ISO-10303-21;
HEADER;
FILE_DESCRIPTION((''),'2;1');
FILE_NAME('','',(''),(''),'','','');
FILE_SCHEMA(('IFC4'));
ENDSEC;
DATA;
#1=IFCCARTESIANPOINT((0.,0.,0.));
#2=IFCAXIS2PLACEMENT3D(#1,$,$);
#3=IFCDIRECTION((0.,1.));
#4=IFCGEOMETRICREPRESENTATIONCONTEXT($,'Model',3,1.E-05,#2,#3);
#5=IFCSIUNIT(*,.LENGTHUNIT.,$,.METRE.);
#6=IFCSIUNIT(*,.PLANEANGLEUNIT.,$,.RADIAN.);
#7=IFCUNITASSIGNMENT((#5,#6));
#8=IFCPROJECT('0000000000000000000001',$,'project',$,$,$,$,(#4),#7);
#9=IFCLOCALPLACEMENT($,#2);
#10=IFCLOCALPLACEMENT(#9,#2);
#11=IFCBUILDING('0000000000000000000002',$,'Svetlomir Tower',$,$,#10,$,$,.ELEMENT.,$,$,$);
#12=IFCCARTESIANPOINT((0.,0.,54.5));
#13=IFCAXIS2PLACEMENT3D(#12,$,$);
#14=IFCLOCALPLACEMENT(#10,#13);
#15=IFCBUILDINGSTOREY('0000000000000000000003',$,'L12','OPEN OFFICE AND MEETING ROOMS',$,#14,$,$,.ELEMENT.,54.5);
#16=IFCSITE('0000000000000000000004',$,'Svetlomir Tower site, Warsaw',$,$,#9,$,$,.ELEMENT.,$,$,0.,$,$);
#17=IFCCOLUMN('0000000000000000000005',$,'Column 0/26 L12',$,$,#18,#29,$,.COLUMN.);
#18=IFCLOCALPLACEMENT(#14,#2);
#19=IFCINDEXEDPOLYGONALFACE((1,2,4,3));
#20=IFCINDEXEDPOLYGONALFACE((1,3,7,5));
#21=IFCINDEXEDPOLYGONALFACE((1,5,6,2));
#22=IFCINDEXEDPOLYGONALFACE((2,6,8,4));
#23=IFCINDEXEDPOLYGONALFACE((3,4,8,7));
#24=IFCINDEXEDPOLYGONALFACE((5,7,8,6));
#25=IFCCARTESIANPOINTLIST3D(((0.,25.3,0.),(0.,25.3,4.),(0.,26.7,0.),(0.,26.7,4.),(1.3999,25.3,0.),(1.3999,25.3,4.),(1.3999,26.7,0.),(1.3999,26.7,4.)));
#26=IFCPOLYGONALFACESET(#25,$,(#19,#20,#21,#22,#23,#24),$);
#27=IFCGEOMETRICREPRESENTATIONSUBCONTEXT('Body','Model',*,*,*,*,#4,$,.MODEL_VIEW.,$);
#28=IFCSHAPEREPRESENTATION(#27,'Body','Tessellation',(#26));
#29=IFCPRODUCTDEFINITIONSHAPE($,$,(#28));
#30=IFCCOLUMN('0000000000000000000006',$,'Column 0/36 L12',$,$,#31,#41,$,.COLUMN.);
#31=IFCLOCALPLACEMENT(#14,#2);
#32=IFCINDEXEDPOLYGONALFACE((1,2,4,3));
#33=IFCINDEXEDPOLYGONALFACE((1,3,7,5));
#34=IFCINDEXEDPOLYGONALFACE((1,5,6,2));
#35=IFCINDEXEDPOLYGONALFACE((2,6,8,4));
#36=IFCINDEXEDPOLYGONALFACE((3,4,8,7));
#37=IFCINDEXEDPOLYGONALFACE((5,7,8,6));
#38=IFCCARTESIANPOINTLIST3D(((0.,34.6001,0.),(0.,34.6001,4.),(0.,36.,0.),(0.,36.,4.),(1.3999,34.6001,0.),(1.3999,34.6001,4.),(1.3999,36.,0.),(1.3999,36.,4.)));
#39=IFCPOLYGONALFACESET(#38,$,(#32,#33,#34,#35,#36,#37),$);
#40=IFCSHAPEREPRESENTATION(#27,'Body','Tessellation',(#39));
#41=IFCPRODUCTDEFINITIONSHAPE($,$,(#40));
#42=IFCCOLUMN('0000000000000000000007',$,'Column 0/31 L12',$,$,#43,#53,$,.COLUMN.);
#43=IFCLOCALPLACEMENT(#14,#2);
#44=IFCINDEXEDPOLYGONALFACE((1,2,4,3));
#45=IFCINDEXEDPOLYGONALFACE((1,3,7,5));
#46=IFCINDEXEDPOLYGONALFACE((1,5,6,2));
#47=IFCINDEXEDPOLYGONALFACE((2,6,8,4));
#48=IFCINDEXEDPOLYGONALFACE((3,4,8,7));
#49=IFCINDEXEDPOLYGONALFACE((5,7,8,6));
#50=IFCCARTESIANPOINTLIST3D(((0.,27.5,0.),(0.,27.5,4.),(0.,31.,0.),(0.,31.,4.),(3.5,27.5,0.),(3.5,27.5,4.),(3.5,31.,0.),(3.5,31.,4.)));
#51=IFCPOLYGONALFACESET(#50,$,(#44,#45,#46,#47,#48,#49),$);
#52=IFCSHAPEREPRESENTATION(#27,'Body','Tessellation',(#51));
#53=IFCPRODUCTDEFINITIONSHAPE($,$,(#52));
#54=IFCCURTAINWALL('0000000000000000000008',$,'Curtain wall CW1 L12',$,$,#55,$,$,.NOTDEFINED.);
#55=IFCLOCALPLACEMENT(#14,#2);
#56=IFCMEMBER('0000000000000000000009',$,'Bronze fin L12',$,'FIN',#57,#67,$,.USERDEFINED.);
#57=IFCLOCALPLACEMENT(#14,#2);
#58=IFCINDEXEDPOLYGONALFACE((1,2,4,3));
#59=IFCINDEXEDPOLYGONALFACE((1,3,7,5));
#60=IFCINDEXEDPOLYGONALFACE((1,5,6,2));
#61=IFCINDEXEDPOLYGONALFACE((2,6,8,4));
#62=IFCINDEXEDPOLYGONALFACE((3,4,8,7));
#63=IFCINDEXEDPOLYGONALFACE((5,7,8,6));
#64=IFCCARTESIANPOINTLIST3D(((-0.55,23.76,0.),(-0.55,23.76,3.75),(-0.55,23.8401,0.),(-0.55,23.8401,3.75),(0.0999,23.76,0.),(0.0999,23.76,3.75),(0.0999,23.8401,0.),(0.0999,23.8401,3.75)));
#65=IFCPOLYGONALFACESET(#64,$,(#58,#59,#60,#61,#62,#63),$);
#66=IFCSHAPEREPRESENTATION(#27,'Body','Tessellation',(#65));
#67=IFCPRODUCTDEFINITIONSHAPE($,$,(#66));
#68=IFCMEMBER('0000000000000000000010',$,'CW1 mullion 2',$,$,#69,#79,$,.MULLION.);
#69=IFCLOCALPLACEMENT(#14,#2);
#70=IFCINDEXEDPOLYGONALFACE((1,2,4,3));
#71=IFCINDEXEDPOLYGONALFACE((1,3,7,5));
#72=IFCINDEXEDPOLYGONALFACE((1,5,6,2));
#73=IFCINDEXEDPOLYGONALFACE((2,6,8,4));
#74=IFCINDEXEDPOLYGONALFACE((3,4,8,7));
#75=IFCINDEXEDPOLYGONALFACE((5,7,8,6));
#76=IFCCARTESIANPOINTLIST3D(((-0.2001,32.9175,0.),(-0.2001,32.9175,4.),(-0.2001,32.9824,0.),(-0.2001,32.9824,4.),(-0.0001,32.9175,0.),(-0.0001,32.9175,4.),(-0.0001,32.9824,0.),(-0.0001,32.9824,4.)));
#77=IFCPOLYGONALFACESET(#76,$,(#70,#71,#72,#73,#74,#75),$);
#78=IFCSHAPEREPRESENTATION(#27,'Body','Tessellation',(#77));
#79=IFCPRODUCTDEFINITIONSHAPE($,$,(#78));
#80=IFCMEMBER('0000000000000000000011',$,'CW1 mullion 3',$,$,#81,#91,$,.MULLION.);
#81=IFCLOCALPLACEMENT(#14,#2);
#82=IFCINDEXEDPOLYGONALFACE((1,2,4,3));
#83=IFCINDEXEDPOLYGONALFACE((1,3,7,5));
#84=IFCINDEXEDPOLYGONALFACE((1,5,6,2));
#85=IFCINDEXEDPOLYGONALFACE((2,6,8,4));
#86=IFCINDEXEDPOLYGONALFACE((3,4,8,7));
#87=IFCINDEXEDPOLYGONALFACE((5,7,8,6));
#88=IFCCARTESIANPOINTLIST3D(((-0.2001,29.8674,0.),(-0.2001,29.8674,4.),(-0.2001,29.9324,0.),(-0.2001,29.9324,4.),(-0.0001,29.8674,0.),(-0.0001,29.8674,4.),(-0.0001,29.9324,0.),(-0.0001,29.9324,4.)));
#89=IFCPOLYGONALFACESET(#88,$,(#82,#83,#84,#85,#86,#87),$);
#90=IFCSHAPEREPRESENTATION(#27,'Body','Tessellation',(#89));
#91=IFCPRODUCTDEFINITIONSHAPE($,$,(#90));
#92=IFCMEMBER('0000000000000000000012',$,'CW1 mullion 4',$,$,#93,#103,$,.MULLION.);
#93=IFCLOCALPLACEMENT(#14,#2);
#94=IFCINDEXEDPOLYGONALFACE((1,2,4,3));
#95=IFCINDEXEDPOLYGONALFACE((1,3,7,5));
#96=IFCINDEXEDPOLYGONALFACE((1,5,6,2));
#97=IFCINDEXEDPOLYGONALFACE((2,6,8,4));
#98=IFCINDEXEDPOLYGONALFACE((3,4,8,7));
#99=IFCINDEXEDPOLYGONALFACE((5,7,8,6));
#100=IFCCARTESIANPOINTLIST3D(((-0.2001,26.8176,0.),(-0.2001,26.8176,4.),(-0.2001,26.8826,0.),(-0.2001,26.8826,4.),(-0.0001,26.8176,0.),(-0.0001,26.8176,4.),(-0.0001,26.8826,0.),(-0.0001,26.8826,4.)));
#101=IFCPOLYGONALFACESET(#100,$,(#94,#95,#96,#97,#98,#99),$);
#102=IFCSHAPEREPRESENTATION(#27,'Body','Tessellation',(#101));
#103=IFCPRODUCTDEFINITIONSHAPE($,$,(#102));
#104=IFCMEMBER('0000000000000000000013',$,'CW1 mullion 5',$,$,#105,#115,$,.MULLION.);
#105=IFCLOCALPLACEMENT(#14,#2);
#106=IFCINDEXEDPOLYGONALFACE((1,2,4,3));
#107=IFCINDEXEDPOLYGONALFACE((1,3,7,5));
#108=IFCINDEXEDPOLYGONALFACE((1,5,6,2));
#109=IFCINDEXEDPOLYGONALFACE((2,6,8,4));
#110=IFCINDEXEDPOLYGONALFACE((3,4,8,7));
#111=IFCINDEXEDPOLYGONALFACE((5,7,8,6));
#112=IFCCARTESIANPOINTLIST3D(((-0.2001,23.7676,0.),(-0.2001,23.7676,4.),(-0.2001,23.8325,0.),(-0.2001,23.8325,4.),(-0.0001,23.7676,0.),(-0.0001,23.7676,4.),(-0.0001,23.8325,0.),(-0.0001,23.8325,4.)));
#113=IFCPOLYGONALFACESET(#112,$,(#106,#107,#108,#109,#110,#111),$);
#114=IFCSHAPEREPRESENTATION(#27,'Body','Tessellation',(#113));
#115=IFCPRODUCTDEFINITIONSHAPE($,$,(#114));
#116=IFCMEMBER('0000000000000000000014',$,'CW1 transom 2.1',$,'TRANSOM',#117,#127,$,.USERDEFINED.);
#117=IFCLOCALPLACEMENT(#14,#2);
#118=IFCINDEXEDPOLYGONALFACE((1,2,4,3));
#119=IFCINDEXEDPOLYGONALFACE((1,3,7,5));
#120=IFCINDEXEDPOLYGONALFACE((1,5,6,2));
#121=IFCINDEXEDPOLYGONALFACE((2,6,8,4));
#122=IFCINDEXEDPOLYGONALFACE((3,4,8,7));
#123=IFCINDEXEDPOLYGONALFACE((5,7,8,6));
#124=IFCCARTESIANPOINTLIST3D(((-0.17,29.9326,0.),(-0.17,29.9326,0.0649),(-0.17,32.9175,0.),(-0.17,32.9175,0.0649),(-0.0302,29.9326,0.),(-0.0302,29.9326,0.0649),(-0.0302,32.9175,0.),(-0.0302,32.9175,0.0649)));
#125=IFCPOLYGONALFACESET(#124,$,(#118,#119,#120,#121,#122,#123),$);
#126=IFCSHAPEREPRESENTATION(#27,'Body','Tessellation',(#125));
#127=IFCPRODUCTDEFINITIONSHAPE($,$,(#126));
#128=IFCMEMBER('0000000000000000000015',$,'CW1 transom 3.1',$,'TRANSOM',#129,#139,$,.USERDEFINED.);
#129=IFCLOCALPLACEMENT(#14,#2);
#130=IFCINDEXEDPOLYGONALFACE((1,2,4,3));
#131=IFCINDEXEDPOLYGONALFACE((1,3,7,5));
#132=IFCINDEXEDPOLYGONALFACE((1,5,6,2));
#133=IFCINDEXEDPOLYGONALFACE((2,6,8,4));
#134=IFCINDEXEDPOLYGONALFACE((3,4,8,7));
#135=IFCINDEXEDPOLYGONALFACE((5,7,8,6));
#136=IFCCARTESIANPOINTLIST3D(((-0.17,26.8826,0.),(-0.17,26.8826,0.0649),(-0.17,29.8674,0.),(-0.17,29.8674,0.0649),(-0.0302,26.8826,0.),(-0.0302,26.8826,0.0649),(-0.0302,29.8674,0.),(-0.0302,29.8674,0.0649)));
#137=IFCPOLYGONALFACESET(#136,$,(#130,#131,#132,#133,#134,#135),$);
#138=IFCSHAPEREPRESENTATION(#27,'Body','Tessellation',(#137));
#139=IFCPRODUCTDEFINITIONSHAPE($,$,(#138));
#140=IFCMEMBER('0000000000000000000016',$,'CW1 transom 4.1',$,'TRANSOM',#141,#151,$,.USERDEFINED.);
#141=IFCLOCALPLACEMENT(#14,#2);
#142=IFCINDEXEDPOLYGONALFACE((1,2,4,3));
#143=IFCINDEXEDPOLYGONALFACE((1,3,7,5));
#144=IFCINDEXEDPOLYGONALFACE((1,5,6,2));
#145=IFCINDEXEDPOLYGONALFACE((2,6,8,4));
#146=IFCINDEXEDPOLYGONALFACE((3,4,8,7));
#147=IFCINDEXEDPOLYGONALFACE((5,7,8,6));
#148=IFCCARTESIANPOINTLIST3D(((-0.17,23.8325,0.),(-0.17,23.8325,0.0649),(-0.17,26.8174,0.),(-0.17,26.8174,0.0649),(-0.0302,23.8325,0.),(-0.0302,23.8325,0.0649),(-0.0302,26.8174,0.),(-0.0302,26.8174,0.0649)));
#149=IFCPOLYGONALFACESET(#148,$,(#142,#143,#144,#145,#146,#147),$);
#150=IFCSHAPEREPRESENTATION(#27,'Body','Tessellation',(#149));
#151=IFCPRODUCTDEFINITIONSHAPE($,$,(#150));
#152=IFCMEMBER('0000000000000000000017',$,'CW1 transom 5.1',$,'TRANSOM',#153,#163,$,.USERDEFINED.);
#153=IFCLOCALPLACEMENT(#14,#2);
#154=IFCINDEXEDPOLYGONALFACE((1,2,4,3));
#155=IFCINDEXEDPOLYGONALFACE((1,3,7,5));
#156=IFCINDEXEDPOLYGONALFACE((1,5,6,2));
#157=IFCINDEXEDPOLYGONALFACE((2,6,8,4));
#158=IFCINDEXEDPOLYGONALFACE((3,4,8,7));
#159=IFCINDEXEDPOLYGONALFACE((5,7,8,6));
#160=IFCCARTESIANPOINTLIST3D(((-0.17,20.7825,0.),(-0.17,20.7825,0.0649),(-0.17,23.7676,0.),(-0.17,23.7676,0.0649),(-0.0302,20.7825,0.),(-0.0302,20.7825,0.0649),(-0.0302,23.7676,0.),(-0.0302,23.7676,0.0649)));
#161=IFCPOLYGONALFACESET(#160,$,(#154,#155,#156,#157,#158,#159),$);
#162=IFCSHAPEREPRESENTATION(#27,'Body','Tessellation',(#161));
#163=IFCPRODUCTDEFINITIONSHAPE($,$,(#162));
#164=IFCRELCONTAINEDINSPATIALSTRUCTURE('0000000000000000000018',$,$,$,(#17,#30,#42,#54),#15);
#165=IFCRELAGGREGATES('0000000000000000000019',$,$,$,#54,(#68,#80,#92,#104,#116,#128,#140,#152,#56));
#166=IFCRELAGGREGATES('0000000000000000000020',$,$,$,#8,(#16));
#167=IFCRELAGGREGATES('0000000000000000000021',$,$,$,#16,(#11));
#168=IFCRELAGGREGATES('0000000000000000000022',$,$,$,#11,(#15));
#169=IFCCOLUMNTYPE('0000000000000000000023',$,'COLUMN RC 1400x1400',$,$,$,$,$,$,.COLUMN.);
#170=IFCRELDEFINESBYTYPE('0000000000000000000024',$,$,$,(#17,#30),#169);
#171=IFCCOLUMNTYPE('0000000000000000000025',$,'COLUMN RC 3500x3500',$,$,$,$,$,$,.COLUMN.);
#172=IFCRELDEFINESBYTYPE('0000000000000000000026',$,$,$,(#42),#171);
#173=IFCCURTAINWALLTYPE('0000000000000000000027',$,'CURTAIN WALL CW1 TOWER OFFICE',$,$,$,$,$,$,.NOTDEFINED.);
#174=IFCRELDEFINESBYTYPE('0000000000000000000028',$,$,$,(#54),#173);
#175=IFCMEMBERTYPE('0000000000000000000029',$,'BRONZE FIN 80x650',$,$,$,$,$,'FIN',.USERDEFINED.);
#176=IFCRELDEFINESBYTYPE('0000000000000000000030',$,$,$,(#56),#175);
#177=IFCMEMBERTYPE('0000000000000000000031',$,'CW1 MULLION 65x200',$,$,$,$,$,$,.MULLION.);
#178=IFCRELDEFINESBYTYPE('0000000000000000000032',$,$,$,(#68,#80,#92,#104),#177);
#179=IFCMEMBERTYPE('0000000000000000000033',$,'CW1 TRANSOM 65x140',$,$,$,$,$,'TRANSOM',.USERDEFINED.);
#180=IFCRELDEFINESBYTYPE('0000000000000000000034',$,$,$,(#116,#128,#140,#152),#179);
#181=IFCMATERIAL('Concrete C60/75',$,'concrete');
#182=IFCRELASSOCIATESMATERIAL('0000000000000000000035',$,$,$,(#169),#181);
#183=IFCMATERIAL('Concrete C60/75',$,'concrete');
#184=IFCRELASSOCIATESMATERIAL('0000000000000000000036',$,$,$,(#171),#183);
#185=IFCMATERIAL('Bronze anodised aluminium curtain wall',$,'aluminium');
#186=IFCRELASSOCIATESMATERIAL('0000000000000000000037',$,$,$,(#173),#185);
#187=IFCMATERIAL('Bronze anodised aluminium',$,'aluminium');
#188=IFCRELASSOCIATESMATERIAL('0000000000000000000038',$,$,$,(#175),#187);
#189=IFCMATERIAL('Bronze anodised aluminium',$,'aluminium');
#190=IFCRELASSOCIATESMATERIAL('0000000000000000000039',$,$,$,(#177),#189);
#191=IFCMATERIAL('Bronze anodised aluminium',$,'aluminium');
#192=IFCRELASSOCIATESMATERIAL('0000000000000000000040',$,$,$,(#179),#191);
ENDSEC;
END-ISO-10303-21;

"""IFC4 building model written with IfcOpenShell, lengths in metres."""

from ifc_helpers import new_model, si_unit, direction, frame, origin, origin_2d, place, context, subcontext, project, spatial, rectangle, extrude, material, material_profile, profile_set, type_object, element, aggregate, save


model = new_model("IFC4")

# Units and contexts
model_context = context("Model", 3, precision=1e-05, world=origin(), true_north=direction((0.0, 1.0)))
body_context = subcontext(model_context, "Body", "Model", "MODEL_VIEW")
ifc_project = project(units=[si_unit("LENGTHUNIT", "METRE"), si_unit("PLANEANGLEUNIT", "RADIAN")], contexts=[model_context])

# Site, building, storey
site_placement = place(None, origin())
site = spatial("IfcSite", under=ifc_project, at=site_placement, Name="Svetlomir Tower site, Warsaw", CompositionType="ELEMENT", RefElevation=0.0)
building_placement = place(site_placement, origin())
building = spatial("IfcBuilding", under=site, at=building_placement, Name="Svetlomir Tower", CompositionType="ELEMENT")
storey_placement = place(building_placement, frame((0.0, 0.0, 54.5)))
storey = spatial("IfcBuildingStorey", under=building, at=storey_placement, Name="L12", Description="OPEN OFFICE AND MEETING ROOMS", CompositionType="ELEMENT", Elevation=54.5)

# Columns
ifc_material_1 = material(Name="Concrete C60/75", Category="concrete")
ifc_material_profile_1 = material_profile(ifc_material_1, rectangle(XDim=1.3999, YDim=1.3999, at=origin_2d()), Name="RC 1400x1400")
ifc_profile_set_1 = profile_set([ifc_material_profile_1], Name="Concrete C60/75")
column_type_1 = type_object("IfcColumnType", Name="COLUMN RC 1400x1400", PredefinedType="COLUMN", material=ifc_profile_set_1)
for number, where, z_axis, x_axis, name in (
    (1, (0.7, 26.0, 0.0), (0.0, 0.0, 1.0), (1.0, 0.0, 0.0), "Column 0/26 L12"),
    (2, (0.7, 35.3, 0.0), (0.0, 0.0, 1.0), (1.0, 0.0, 0.0), "Column 0/36 L12"),
):
    element("IfcColumn", number, at=place(storey_placement, frame(where, z_axis=z_axis, x_axis=x_axis)), inside=storey, type_object=column_type_1, Name=name, PredefinedType="COLUMN", context=body_context, shape_type="SweptSolid", body=[
        extrude(rectangle(XDim=1.3999, YDim=1.3999, at=origin_2d()), origin(), (0.0, 0.0, 1.0), 4.0),
    ])
ifc_material_2 = material(Name="Concrete C60/75", Category="concrete")
ifc_material_profile_2 = material_profile(ifc_material_2, rectangle(XDim=3.5, YDim=3.5, at=origin_2d()), Name="RC 3500x3500")
ifc_profile_set_2 = profile_set([ifc_material_profile_2], Name="Concrete C60/75")
column_type_2 = type_object("IfcColumnType", Name="COLUMN RC 3500x3500", PredefinedType="COLUMN", material=ifc_profile_set_2)
column_placement = place(storey_placement, frame((1.75, 29.25, 0.0), z_axis=(0.0, 0.0, 1.0), x_axis=(1.0, 0.0, 0.0)))
element("IfcColumn", 3, at=column_placement, inside=storey, type_object=column_type_2, Name="Column 0/31 L12", PredefinedType="COLUMN", context=body_context, shape_type="SweptSolid", body=[
    extrude(rectangle(XDim=3.5, YDim=3.5, at=origin_2d()), origin(), (0.0, 0.0, 1.0), 4.0),
])

# Curtain wall, members
ifc_material_3 = material(Name="Bronze anodised aluminium curtain wall", Category="aluminium")
curtain_wall_type = type_object("IfcCurtainWallType", Name="CURTAIN WALL CW1 TOWER OFFICE", PredefinedType="NOTDEFINED", material=ifc_material_3)
curtain_wall_placement = place(storey_placement, origin())
curtain_wall = element("IfcCurtainWall", 4, at=curtain_wall_placement, inside=storey, type_object=curtain_wall_type, Name="Curtain wall CW1 L12", PredefinedType="NOTDEFINED")
ifc_material_4 = material(Name="Bronze anodised aluminium", Category="aluminium")
ifc_material_profile_3 = material_profile(ifc_material_4, rectangle(XDim=0.0801, YDim=0.6499, at=origin_2d()), Name="FIN 80x650")
ifc_profile_set_3 = profile_set([ifc_material_profile_3], Name="Bronze anodised aluminium 6063-T6")
member_type_1 = type_object("IfcMemberType", Name="BRONZE FIN 80x650", ElementType="FIN", PredefinedType="USERDEFINED", material=ifc_profile_set_3)
member_1_placement = place(storey_placement, frame((-0.2251, 23.8, 0.0), z_axis=(0.0, 0.0, 1.0), x_axis=(0.0, 1.0, 0.0)))
member_1 = element("IfcMember", 5, at=member_1_placement, type_object=member_type_1, Name="Bronze fin L12", ObjectType="FIN", PredefinedType="USERDEFINED", context=body_context, shape_type="SweptSolid", body=[
    extrude(rectangle(XDim=0.0801, YDim=0.6499, at=origin_2d()), origin(), (0.0, 0.0, 1.0), 3.75),
])
ifc_material_5 = material(Name="Bronze anodised aluminium", Category="aluminium")
ifc_material_profile_4 = material_profile(ifc_material_5, rectangle(XDim=0.0649, YDim=0.2, at=origin_2d()), Name="AL 65x200")
ifc_profile_set_4 = profile_set([ifc_material_profile_4], Name="Bronze anodised aluminium 6063-T6")
member_type_2 = type_object("IfcMemberType", Name="CW1 MULLION 65x200", PredefinedType="MULLION", material=ifc_profile_set_4)
member_2_placement = place(storey_placement, frame((-0.1001, 32.95, 0.0), z_axis=(0.0, 0.0, 1.0), x_axis=(0.0, -1.0, 0.0)))
member_2 = element("IfcMember", 6, at=member_2_placement, type_object=member_type_2, Name="CW1 mullion 2", PredefinedType="MULLION", context=body_context, shape_type="SweptSolid", body=[
    extrude(rectangle(XDim=0.0649, YDim=0.2, at=origin_2d()), origin(), (0.0, 0.0, 1.0), 4.0),
])
member_3_placement = place(storey_placement, frame((-0.1001, 29.8999, 0.0), z_axis=(0.0, 0.0, 1.0), x_axis=(0.0, -1.0, 0.0)))
member_3 = element("IfcMember", 7, at=member_3_placement, type_object=member_type_2, Name="CW1 mullion 3", PredefinedType="MULLION", context=body_context, shape_type="SweptSolid", body=[
    extrude(rectangle(XDim=0.0649, YDim=0.2, at=origin_2d()), origin(), (0.0, 0.0, 1.0), 4.0),
])
member_4_placement = place(storey_placement, frame((-0.1001, 26.8501, 0.0), z_axis=(0.0, 0.0, 1.0), x_axis=(0.0, -1.0, 0.0)))
member_4 = element("IfcMember", 8, at=member_4_placement, type_object=member_type_2, Name="CW1 mullion 4", PredefinedType="MULLION", context=body_context, shape_type="SweptSolid", body=[
    extrude(rectangle(XDim=0.0649, YDim=0.2, at=origin_2d()), origin(), (0.0, 0.0, 1.0), 4.0),
])
member_5_placement = place(storey_placement, frame((-0.1001, 23.8, 0.0), z_axis=(0.0, 0.0, 1.0), x_axis=(0.0, -1.0, 0.0)))
member_5 = element("IfcMember", 9, at=member_5_placement, type_object=member_type_2, Name="CW1 mullion 5", PredefinedType="MULLION", context=body_context, shape_type="SweptSolid", body=[
    extrude(rectangle(XDim=0.0649, YDim=0.2, at=origin_2d()), origin(), (0.0, 0.0, 1.0), 4.0),
])
ifc_material_6 = material(Name="Bronze anodised aluminium", Category="aluminium")
ifc_material_profile_5 = material_profile(ifc_material_6, rectangle(XDim=0.1399, YDim=0.0649, at=origin_2d()), Name="AL 140x65")
ifc_profile_set_5 = profile_set([ifc_material_profile_5], Name="Bronze anodised aluminium 6063-T6")
member_type_3 = type_object("IfcMemberType", Name="CW1 TRANSOM 65x140", ElementType="TRANSOM", PredefinedType="USERDEFINED", material=ifc_profile_set_5)
member_6_placement = place(storey_placement, frame((-0.1001, 32.9175, 0.0325), z_axis=(0.0, -1.0, 0.0), x_axis=(1.0, 0.0, 0.0)))
member_6 = element("IfcMember", 10, at=member_6_placement, type_object=member_type_3, Name="CW1 transom 2.1", ObjectType="TRANSOM", PredefinedType="USERDEFINED", context=body_context, shape_type="SweptSolid", body=[
    extrude(rectangle(XDim=0.1399, YDim=0.0649, at=origin_2d()), origin(), (0.0, 0.0, 1.0), 2.9849),
])
member_7_placement = place(storey_placement, frame((-0.1001, 29.8674, 0.0325), z_axis=(0.0, -1.0, 0.0), x_axis=(1.0, 0.0, 0.0)))
member_7 = element("IfcMember", 11, at=member_7_placement, type_object=member_type_3, Name="CW1 transom 3.1", ObjectType="TRANSOM", PredefinedType="USERDEFINED", context=body_context, shape_type="SweptSolid", body=[
    extrude(rectangle(XDim=0.1399, YDim=0.0649, at=origin_2d()), origin(), (0.0, 0.0, 1.0), 2.9849),
])
member_8_placement = place(storey_placement, frame((-0.1001, 26.8174, 0.0325), z_axis=(0.0, -1.0, 0.0), x_axis=(1.0, 0.0, 0.0)))
member_8 = element("IfcMember", 12, at=member_8_placement, type_object=member_type_3, Name="CW1 transom 4.1", ObjectType="TRANSOM", PredefinedType="USERDEFINED", context=body_context, shape_type="SweptSolid", body=[
    extrude(rectangle(XDim=0.1399, YDim=0.0649, at=origin_2d()), origin(), (0.0, 0.0, 1.0), 2.9849),
])
member_9_placement = place(storey_placement, frame((-0.1001, 23.7676, 0.0325), z_axis=(0.0, -1.0, 0.0), x_axis=(1.0, 0.0, 0.0)))
member_9 = element("IfcMember", 13, at=member_9_placement, type_object=member_type_3, Name="CW1 transom 5.1", ObjectType="TRANSOM", PredefinedType="USERDEFINED", context=body_context, shape_type="SweptSolid", body=[
    extrude(rectangle(XDim=0.1399, YDim=0.0649, at=origin_2d()), origin(), (0.0, 0.0, 1.0), 2.9851),
])

aggregate(curtain_wall, [member_2, member_3, member_4, member_5, member_6, member_7, member_8, member_9, member_1])

save(model, "model.ifc")
